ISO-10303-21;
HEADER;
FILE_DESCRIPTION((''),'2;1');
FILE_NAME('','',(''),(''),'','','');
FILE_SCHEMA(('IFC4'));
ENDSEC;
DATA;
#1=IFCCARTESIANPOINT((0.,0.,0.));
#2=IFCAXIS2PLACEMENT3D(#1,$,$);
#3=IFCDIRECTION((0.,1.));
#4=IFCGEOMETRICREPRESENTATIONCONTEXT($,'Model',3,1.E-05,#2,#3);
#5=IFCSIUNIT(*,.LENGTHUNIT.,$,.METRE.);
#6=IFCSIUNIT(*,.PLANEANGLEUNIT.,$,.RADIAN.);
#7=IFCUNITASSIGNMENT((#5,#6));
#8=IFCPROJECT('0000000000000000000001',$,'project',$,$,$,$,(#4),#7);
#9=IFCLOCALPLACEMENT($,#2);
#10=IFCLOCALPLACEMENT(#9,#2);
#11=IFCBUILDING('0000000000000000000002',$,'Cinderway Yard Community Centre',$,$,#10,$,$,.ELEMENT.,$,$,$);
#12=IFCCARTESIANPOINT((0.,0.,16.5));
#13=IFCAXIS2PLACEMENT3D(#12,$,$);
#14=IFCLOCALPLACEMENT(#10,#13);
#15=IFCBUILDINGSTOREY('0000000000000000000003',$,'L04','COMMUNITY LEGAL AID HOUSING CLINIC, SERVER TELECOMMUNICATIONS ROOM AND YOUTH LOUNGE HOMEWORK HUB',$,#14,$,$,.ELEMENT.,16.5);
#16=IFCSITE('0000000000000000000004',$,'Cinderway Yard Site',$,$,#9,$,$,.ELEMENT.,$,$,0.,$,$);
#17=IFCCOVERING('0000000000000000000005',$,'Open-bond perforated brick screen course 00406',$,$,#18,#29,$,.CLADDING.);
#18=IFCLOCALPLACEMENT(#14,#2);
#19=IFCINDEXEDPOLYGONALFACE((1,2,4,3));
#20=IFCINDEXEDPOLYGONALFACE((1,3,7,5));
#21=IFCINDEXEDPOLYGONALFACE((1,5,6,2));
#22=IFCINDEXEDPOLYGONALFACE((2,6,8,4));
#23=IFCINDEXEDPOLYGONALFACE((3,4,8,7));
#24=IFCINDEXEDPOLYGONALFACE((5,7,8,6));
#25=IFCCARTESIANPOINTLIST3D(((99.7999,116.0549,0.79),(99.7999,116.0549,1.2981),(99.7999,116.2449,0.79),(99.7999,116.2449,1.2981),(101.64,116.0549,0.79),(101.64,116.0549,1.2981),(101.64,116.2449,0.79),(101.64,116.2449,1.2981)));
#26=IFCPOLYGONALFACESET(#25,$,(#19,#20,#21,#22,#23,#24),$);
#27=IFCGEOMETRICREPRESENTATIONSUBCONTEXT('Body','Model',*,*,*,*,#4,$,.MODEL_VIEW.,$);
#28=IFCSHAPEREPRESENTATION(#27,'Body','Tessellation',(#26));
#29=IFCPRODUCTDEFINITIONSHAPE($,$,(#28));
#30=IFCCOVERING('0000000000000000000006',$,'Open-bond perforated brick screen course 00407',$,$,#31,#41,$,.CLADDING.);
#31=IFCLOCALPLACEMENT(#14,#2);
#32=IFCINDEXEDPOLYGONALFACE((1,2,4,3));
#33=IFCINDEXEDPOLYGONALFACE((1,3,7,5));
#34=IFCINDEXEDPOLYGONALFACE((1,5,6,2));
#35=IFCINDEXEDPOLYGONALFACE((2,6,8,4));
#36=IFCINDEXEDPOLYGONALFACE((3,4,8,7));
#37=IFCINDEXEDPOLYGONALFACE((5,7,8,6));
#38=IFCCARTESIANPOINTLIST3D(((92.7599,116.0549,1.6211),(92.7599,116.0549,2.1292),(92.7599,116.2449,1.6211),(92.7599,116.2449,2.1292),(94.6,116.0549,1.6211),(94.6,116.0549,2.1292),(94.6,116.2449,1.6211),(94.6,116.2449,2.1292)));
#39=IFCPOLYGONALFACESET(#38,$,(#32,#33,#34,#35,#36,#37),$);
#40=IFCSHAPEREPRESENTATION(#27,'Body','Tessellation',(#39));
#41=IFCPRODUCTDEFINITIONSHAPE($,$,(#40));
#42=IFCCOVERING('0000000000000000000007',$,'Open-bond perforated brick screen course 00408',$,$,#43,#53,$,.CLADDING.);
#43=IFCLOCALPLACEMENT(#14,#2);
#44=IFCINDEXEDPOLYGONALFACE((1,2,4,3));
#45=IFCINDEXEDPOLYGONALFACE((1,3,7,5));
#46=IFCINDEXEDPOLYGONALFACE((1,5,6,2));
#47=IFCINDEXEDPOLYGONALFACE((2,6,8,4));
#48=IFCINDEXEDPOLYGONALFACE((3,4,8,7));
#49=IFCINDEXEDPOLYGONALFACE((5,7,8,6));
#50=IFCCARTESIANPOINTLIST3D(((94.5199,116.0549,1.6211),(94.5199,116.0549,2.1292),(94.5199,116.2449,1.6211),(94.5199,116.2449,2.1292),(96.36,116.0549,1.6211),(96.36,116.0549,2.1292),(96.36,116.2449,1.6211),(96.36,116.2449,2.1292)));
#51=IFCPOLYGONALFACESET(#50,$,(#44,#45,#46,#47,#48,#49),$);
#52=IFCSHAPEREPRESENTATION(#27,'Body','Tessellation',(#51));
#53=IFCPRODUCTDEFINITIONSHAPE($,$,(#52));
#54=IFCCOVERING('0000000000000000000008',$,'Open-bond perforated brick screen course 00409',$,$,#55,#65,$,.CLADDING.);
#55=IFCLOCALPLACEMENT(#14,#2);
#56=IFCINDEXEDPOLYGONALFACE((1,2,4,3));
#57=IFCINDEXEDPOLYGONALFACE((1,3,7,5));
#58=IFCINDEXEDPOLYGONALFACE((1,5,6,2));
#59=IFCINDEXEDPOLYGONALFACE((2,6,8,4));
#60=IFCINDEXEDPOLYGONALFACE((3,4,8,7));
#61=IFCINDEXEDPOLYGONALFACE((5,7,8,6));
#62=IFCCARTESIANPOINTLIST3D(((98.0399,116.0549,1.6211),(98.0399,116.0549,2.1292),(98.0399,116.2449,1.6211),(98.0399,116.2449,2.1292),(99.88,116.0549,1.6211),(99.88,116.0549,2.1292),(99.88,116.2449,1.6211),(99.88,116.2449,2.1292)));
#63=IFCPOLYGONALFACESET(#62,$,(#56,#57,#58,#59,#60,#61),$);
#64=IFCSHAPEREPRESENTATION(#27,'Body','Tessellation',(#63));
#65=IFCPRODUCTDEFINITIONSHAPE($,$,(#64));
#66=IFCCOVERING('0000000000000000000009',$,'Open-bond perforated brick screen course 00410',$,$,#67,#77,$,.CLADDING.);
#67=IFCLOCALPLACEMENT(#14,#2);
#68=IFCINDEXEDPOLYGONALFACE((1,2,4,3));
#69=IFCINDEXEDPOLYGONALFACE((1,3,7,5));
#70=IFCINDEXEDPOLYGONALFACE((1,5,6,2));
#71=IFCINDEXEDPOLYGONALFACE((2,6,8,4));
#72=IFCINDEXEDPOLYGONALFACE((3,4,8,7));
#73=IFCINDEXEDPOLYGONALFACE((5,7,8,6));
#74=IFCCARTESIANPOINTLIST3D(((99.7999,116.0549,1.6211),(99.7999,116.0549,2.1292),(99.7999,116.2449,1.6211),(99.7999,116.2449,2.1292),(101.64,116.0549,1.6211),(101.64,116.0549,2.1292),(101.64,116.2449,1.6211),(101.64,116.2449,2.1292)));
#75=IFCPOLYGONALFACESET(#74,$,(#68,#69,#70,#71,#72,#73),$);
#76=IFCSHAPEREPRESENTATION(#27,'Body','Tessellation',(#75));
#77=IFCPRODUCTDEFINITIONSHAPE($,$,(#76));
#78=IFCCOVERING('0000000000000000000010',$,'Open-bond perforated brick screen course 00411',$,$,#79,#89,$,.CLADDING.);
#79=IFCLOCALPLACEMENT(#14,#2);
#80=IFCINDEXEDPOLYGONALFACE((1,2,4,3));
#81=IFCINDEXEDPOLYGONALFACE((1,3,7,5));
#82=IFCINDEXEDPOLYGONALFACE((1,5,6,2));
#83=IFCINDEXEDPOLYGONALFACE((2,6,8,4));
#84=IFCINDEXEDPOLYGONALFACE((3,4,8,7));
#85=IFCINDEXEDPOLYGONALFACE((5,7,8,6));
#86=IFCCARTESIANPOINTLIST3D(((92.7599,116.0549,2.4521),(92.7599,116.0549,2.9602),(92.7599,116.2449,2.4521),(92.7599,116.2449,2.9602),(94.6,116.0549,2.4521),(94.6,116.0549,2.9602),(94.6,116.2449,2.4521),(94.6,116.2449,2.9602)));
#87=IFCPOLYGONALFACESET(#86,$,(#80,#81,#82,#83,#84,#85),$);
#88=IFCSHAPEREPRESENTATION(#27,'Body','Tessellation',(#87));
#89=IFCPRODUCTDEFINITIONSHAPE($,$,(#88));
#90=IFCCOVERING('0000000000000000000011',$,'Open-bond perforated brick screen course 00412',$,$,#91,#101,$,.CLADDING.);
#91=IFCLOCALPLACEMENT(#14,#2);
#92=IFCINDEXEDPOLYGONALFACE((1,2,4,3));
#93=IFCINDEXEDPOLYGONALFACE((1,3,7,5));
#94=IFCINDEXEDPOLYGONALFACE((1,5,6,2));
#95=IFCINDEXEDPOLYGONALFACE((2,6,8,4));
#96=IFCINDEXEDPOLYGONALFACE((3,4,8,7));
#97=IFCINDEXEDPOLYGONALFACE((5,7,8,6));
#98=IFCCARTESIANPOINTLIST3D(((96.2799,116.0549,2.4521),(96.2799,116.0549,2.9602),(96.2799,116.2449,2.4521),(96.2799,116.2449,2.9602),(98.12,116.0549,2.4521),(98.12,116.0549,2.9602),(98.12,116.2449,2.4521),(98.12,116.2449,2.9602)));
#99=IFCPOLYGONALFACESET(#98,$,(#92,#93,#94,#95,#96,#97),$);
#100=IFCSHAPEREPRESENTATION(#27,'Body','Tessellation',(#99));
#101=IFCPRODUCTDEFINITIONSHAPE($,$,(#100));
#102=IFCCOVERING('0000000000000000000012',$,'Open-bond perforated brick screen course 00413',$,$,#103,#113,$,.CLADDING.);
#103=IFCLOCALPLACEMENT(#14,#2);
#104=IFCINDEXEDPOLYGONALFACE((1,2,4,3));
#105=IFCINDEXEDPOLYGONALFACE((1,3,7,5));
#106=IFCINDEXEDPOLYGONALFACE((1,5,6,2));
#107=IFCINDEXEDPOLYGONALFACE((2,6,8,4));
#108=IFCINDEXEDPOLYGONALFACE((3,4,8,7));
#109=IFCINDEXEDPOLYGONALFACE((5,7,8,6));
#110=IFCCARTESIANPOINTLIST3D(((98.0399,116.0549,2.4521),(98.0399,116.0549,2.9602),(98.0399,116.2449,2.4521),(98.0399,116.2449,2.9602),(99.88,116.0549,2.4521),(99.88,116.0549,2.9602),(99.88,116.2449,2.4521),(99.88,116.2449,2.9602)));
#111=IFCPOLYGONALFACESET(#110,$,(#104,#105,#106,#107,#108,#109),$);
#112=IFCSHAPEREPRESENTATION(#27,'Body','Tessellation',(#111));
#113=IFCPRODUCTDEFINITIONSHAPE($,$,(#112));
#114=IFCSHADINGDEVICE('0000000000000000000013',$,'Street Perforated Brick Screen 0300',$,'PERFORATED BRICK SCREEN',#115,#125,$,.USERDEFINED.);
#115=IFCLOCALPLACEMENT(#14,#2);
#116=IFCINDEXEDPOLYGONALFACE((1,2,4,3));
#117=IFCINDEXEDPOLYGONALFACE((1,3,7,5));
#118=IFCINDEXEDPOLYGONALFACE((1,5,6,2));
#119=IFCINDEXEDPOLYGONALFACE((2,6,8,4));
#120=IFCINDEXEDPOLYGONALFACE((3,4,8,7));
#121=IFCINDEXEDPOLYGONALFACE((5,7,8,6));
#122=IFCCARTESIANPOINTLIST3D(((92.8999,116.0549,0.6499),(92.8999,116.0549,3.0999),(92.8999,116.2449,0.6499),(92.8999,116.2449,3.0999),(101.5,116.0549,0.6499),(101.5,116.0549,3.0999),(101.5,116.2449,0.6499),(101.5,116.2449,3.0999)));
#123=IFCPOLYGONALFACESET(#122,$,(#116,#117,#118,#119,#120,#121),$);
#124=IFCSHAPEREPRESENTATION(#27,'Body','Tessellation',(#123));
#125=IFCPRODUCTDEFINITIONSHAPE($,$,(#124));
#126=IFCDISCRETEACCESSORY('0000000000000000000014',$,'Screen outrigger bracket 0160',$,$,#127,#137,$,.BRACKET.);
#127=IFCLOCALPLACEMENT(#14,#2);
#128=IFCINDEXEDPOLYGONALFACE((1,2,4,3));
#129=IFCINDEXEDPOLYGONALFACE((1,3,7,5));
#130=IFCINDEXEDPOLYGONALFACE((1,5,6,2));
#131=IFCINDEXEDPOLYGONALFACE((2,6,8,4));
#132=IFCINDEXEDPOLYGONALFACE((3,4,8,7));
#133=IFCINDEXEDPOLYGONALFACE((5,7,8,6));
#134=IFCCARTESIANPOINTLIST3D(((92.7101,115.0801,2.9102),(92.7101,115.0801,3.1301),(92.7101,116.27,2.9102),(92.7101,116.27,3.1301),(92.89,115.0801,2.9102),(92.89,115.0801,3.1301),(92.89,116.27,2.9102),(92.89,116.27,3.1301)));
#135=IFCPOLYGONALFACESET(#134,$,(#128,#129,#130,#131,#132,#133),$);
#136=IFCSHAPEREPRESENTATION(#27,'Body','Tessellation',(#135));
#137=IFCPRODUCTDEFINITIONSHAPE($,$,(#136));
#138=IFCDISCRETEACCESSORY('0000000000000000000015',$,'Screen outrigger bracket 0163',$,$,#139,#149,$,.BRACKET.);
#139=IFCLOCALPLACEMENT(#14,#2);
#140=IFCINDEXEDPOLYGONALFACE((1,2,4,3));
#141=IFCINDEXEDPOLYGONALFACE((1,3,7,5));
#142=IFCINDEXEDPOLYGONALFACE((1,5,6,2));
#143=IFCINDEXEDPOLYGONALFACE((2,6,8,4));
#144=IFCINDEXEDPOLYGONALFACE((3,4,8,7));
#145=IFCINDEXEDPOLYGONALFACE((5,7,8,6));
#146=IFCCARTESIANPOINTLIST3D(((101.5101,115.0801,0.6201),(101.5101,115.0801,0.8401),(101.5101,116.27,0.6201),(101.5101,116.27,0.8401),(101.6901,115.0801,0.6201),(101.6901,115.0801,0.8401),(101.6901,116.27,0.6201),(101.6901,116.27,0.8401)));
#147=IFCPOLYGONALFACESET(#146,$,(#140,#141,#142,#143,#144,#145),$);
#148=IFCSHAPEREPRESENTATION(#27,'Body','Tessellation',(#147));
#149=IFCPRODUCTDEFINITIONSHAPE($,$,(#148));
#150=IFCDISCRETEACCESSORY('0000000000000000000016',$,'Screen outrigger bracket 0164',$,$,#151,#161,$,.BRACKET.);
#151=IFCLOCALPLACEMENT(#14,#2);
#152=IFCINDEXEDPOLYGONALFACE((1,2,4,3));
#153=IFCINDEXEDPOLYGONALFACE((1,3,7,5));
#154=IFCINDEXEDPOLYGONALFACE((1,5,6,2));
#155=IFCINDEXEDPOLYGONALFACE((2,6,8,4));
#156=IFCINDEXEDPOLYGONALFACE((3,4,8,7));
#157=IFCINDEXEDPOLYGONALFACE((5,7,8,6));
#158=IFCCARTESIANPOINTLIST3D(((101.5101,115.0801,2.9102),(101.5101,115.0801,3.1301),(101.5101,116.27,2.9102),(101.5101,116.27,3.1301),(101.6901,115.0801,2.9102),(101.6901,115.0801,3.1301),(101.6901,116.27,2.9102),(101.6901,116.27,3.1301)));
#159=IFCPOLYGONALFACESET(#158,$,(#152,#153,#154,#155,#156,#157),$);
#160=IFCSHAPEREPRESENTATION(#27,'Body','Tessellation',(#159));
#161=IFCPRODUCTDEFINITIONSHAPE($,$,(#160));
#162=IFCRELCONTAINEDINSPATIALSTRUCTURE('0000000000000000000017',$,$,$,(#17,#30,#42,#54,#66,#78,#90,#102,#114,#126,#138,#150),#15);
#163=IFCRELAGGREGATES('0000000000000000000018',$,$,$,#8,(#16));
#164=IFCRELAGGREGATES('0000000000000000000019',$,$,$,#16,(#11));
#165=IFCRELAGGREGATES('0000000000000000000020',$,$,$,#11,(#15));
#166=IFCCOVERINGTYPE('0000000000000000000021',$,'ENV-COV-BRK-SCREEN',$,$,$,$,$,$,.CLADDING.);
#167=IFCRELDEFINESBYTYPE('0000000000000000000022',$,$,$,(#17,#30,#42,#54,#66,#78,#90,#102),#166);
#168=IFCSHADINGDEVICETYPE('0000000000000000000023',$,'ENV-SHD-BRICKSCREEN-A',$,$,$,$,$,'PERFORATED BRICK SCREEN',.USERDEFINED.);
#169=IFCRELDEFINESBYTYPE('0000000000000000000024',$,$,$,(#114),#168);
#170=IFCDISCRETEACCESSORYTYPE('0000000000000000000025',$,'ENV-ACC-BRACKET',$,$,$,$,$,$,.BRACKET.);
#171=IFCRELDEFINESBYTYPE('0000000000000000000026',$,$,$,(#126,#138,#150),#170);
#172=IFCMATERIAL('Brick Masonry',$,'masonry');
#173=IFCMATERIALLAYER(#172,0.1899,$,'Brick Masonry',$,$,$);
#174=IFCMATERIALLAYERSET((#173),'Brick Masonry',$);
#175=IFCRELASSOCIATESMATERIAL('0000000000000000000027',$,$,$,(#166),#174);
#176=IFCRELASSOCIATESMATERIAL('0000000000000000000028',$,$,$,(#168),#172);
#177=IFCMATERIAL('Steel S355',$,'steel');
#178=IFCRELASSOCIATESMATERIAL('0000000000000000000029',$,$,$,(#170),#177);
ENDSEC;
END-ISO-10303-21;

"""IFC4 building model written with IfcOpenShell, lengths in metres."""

from ifc_helpers import new_model, si_unit, direction, frame, origin, origin_2d, place, context, subcontext, project, spatial, rectangle, extrude, material, layer, layer_set, type_object, element, save


model = new_model("IFC4")

# Units and contexts
model_context = context("Model", 3, precision=1e-05, world=origin(), true_north=direction((0.0, 1.0)))
body_context = subcontext(model_context, "Body", "Model", "MODEL_VIEW")
ifc_project = project(units=[si_unit("LENGTHUNIT", "METRE"), si_unit("PLANEANGLEUNIT", "RADIAN")], contexts=[model_context])

# Site, building, storey
site_placement = place(None, origin())
site = spatial("IfcSite", under=ifc_project, at=site_placement, Name="Cinderway Yard Site", CompositionType="ELEMENT", RefElevation=0.0)
building_placement = place(site_placement, origin())
building = spatial("IfcBuilding", under=site, at=building_placement, Name="Cinderway Yard Community Centre", CompositionType="ELEMENT")
storey_placement = place(building_placement, frame((0.0, 0.0, 16.5)))
storey = spatial("IfcBuildingStorey", under=building, at=storey_placement, Name="L04", Description="COMMUNITY LEGAL AID HOUSING CLINIC, SERVER TELECOMMUNICATIONS ROOM AND YOUTH LOUNGE HOMEWORK HUB", CompositionType="ELEMENT", Elevation=16.5)

# Shared definitions
ifc_material_1 = material(Name="Steel S355", Category="steel")

# Shared definitions
ifc_material_2 = material(Name="Brick Masonry", Category="masonry")

# Coverings
ifc_layer_1 = layer(ifc_material_2, 0.1899, Name="Brick Masonry")
ifc_layer_set_1 = layer_set([ifc_layer_1], Name="Brick Masonry")
covering_type = type_object("IfcCoveringType", Name="ENV-COV-BRK-SCREEN", PredefinedType="CLADDING", material=ifc_layer_set_1)
for number, where, z_axis, x_axis, name in (
    (1, (100.72, 116.1499, 0.79), (0.0, 0.0, 1.0), (1.0, 0.0, 0.0), "Open-bond perforated brick screen course 00406"),
    (2, (93.6799, 116.1499, 1.6211), (0.0, 0.0, 1.0), (1.0, 0.0, 0.0), "Open-bond perforated brick screen course 00407"),
    (3, (95.4399, 116.1499, 1.6211), (0.0, 0.0, 1.0), (1.0, 0.0, 0.0), "Open-bond perforated brick screen course 00408"),
    (4, (98.96, 116.1499, 1.6211), (0.0, 0.0, 1.0), (1.0, 0.0, 0.0), "Open-bond perforated brick screen course 00409"),
    (5, (100.72, 116.1499, 1.6211), (0.0, 0.0, 1.0), (1.0, 0.0, 0.0), "Open-bond perforated brick screen course 00410"),
    (6, (93.6799, 116.1499, 2.4521), (0.0, 0.0, 1.0), (1.0, 0.0, 0.0), "Open-bond perforated brick screen course 00411"),
    (7, (97.2, 116.1499, 2.4521), (0.0, 0.0, 1.0), (1.0, 0.0, 0.0), "Open-bond perforated brick screen course 00412"),
    (8, (98.96, 116.1499, 2.4521), (0.0, 0.0, 1.0), (1.0, 0.0, 0.0), "Open-bond perforated brick screen course 00413"),
):
    element("IfcCovering", number, at=place(storey_placement, frame(where, z_axis=z_axis, x_axis=x_axis)), inside=storey, type_object=covering_type, Name=name, PredefinedType="CLADDING", context=body_context, shape_type="SweptSolid", body=[
        extrude(rectangle(XDim=1.8401, YDim=0.1899, at=origin_2d()), origin(), (0.0, 0.0, 1.0), 0.5081),
    ])

# Shading device
shading_device_type = type_object("IfcShadingDeviceType", Name="ENV-SHD-BRICKSCREEN-A", ElementType="PERFORATED BRICK SCREEN", PredefinedType="USERDEFINED", material=ifc_material_2)
shading_device_placement = place(storey_placement, frame((97.2, 116.1499, 0.6499), z_axis=(0.0, 0.0, 1.0), x_axis=(1.0, 0.0, 0.0)))
element("IfcShadingDevice", 9, at=shading_device_placement, inside=storey, type_object=shading_device_type, Name="Street Perforated Brick Screen 0300", ObjectType="PERFORATED BRICK SCREEN", PredefinedType="USERDEFINED", context=body_context, shape_type="SweptSolid", body=[
    extrude(rectangle(XDim=8.6001, YDim=0.1899, at=origin_2d()), origin(), (0.0, 0.0, 1.0), 2.45),
])

# Discrete accessories
discrete_accessory_type = type_object("IfcDiscreteAccessoryType", Name="ENV-ACC-BRACKET", PredefinedType="BRACKET", material=ifc_material_1)
for number, where, z_axis, x_axis, name in (
    (10, (92.8, 115.675, 2.9102), (0.0, 0.0, 1.0), (0.0, 1.0, 0.0), "Screen outrigger bracket 0160"),
    (11, (101.6001, 115.675, 0.6201), (0.0, 0.0, 1.0), (0.0, 1.0, 0.0), "Screen outrigger bracket 0163"),
    (12, (101.6001, 115.675, 2.9102), (0.0, 0.0, 1.0), (0.0, 1.0, 0.0), "Screen outrigger bracket 0164"),
):
    element("IfcDiscreteAccessory", number, at=place(storey_placement, frame(where, z_axis=z_axis, x_axis=x_axis)), inside=storey, type_object=discrete_accessory_type, Name=name, PredefinedType="BRACKET", context=body_context, shape_type="SweptSolid", body=[
        extrude(rectangle(XDim=1.1899, YDim=0.1799, at=origin_2d()), origin(), (0.0, 0.0, 1.0), 0.22),
    ])

save(model, "model.ifc")
